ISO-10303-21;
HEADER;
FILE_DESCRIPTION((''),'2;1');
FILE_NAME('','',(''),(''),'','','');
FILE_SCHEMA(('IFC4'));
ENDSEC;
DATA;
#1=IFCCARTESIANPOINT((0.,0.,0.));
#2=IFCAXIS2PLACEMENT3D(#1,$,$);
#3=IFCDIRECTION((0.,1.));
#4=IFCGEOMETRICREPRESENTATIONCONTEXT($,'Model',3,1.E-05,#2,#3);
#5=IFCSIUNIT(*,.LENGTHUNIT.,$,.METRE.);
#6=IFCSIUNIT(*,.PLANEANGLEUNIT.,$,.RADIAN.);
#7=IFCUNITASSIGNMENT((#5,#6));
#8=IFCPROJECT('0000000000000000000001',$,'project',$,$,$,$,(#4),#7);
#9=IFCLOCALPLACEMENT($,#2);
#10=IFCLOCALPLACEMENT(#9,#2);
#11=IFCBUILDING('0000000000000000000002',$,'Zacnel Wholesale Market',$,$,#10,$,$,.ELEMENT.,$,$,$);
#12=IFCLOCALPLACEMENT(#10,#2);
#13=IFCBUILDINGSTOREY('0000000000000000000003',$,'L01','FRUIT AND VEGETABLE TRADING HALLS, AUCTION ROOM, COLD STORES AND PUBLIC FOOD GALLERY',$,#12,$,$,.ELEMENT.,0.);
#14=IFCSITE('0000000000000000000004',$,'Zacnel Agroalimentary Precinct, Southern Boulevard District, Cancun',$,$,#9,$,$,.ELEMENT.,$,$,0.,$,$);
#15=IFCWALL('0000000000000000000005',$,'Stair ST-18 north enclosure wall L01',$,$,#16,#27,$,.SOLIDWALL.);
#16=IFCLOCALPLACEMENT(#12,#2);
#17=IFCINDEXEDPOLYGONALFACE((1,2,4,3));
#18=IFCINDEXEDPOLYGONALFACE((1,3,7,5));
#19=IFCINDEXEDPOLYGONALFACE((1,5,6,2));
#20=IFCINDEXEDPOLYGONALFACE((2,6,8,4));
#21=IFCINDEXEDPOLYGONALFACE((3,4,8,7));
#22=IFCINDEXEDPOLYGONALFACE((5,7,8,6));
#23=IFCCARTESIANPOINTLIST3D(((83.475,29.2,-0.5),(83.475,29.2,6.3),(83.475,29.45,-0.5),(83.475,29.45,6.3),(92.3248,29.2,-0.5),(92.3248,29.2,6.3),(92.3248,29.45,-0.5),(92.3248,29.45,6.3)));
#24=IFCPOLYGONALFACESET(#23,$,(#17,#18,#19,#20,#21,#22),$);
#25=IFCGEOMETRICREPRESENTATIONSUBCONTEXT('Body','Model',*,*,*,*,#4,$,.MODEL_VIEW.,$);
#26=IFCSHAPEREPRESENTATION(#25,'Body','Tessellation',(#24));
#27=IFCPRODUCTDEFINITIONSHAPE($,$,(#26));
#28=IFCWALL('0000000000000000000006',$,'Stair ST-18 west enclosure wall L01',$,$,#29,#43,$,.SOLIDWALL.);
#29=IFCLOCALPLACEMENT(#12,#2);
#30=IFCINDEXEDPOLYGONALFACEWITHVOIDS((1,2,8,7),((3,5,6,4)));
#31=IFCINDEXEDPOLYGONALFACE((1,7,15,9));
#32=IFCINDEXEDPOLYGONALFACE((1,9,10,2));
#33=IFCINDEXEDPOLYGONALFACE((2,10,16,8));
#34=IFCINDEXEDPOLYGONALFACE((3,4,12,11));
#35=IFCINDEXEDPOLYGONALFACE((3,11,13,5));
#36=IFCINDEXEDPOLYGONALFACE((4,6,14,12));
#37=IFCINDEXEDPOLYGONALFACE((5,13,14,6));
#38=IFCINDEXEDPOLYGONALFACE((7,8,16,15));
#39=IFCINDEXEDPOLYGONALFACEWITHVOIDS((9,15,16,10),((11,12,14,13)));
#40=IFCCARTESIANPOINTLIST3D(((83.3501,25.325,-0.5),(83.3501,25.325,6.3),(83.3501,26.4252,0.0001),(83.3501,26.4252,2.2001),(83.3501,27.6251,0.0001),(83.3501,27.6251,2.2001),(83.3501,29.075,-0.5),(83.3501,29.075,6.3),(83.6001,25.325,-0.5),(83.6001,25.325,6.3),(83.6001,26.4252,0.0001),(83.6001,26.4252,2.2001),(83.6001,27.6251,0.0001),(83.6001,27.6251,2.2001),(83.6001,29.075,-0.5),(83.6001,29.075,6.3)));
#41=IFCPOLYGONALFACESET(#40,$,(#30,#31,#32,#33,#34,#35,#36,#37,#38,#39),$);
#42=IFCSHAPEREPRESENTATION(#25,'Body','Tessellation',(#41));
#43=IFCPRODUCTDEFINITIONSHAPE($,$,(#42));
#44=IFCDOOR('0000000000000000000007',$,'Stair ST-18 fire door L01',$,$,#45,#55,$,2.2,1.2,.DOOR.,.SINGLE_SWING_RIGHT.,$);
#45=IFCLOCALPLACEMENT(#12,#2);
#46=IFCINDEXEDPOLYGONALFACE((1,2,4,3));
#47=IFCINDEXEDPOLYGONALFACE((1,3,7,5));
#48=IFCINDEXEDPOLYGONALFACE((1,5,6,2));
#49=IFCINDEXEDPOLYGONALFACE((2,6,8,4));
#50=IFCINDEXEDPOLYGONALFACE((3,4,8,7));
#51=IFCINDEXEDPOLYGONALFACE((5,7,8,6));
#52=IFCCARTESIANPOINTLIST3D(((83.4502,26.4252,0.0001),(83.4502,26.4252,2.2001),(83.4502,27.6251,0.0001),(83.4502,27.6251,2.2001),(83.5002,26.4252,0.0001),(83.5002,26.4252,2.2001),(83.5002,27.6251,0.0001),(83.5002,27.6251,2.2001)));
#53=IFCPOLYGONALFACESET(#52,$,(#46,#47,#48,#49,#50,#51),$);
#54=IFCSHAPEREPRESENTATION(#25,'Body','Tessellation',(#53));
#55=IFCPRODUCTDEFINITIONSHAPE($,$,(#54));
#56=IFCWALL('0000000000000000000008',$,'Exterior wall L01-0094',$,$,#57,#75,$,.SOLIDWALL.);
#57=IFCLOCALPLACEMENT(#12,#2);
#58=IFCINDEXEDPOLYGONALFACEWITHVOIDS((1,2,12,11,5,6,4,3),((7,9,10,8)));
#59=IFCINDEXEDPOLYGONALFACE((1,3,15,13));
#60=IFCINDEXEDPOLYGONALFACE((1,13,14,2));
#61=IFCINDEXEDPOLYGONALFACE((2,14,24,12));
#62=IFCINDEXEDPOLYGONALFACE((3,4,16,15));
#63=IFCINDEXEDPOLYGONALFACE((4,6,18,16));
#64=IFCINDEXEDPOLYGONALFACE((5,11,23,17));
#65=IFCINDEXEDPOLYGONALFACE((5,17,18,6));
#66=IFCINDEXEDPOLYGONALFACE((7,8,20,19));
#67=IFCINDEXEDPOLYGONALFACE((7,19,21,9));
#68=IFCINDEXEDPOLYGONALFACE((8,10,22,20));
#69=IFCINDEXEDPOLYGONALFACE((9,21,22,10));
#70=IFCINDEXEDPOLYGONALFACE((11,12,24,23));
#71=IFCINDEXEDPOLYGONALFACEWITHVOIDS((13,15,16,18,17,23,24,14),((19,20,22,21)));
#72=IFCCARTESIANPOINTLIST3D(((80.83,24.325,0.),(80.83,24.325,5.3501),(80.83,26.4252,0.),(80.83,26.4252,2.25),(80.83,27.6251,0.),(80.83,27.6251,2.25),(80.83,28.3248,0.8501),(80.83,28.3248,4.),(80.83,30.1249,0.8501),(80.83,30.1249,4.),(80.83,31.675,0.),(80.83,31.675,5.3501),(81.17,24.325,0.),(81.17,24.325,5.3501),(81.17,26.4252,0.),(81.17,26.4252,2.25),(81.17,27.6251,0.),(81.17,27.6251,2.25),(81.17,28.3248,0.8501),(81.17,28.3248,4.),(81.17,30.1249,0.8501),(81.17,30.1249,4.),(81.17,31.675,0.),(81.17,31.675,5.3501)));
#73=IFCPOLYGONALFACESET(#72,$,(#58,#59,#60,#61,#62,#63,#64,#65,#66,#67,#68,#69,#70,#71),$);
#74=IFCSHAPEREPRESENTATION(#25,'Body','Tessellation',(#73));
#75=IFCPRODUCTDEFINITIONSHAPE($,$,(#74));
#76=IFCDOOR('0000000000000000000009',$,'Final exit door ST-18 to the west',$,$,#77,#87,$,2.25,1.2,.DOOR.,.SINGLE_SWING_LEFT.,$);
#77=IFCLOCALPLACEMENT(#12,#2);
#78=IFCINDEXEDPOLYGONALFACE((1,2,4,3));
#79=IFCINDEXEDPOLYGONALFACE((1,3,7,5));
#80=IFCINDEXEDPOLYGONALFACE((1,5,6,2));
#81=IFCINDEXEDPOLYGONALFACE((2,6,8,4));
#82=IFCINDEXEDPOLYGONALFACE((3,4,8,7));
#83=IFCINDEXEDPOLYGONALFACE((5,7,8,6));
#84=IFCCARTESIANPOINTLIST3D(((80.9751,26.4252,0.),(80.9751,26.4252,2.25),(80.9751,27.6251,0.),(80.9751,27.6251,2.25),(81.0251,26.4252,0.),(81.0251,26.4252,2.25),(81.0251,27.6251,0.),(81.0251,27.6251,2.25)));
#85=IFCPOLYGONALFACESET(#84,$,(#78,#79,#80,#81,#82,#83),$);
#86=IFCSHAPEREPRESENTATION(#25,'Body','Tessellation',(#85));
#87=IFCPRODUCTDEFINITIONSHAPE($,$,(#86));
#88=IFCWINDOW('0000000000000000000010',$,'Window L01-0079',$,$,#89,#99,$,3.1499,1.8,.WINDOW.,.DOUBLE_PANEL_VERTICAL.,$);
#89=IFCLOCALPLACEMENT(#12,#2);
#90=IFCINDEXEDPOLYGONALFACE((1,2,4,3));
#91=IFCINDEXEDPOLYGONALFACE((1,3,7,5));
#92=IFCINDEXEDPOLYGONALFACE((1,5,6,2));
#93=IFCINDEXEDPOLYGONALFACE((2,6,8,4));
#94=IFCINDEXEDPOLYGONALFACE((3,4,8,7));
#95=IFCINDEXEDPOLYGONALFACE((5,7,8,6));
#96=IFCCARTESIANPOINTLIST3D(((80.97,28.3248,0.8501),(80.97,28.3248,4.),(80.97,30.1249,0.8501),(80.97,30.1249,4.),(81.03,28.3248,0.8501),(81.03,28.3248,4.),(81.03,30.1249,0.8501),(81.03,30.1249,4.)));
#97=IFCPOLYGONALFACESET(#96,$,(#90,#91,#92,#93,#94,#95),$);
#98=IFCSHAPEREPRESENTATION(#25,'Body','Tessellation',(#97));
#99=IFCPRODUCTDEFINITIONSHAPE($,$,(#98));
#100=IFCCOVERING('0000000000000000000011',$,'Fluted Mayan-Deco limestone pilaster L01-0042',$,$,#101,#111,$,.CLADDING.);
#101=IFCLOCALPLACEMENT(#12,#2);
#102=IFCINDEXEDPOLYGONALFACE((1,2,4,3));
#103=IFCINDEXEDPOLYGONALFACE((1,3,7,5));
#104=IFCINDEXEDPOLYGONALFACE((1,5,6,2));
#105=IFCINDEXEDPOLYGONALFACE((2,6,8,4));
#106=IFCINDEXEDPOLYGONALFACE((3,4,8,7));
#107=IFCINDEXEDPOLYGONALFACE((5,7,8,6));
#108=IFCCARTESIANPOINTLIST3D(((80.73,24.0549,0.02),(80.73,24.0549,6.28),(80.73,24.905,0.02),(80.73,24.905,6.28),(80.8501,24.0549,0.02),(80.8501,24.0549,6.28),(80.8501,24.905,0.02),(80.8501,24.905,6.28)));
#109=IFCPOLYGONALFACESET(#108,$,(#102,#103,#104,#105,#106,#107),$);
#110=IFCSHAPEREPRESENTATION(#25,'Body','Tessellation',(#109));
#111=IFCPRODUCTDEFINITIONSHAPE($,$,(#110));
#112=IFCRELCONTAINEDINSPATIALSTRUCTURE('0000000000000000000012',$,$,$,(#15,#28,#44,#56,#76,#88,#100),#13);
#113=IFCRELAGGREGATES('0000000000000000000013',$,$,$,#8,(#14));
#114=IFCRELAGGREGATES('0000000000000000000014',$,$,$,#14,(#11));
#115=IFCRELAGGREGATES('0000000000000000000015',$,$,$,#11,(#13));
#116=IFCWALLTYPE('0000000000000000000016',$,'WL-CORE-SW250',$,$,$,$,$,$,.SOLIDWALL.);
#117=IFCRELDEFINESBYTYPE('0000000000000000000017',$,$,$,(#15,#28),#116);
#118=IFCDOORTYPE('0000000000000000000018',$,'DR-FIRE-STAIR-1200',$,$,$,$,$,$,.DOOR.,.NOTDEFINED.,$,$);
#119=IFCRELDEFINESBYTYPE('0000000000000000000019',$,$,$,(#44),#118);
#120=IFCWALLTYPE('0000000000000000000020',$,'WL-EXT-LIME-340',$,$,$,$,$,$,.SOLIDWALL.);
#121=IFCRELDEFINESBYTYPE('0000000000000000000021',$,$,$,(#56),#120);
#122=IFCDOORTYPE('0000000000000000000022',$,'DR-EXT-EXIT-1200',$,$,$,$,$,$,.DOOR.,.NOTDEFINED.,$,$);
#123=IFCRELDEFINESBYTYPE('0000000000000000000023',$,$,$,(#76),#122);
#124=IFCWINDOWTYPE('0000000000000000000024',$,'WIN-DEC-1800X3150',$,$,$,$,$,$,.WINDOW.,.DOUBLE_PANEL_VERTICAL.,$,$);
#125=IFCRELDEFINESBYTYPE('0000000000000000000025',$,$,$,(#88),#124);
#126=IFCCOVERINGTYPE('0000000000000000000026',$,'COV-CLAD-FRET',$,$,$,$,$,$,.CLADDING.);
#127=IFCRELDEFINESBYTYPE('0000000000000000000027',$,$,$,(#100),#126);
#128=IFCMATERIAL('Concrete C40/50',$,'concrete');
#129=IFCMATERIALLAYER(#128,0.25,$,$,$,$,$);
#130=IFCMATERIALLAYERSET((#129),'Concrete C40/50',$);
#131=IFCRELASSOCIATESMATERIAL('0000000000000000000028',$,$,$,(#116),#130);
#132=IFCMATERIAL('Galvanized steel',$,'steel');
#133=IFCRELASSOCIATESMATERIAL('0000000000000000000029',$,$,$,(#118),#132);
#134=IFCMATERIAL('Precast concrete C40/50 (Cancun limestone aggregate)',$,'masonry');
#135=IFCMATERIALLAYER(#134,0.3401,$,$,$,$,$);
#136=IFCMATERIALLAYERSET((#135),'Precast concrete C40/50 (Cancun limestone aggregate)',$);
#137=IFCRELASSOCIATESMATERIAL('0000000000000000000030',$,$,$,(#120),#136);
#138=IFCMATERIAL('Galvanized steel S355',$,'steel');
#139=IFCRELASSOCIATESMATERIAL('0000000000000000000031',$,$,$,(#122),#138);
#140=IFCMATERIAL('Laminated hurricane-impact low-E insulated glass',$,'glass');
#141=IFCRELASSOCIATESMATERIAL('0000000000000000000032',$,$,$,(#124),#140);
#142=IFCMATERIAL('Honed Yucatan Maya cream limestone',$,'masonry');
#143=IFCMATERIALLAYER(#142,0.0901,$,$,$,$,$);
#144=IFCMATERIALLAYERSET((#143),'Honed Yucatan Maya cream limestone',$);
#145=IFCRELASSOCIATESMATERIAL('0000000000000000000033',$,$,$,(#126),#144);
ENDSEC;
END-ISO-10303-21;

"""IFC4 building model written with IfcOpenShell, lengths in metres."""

from ifc_helpers import new_model, si_unit, direction, frame, frame_2d, origin, origin_2d, place, context, subcontext, project, spatial, rectangle, extrude, material, layer, layer_set, type_object, element, fill, save


model = new_model("IFC4")

# Units and contexts
model_context = context("Model", 3, precision=1e-05, world=origin(), true_north=direction((0.0, 1.0)))
body_context = subcontext(model_context, "Body", "Model", "MODEL_VIEW")
ifc_project = project(units=[si_unit("LENGTHUNIT", "METRE"), si_unit("PLANEANGLEUNIT", "RADIAN")], contexts=[model_context])

# Site, building, storey
site_placement = place(None, origin())
site = spatial("IfcSite", under=ifc_project, at=site_placement, Name="Zacnel Agroalimentary Precinct, Southern Boulevard District, Cancun", CompositionType="ELEMENT", RefElevation=0.0)
building_placement = place(site_placement, origin())
building = spatial("IfcBuilding", under=site, at=building_placement, Name="Zacnel Wholesale Market", CompositionType="ELEMENT")
storey_placement = place(building_placement, origin())
storey = spatial("IfcBuildingStorey", under=building, at=storey_placement, Name="L01", Description="FRUIT AND VEGETABLE TRADING HALLS, AUCTION ROOM, COLD STORES AND PUBLIC FOOD GALLERY", CompositionType="ELEMENT", Elevation=0.0)

# Wall
ifc_material_1 = material(Name="Concrete C40/50", Category="concrete")
ifc_layer_1 = layer(ifc_material_1, 0.25)
ifc_layer_set_1 = layer_set([ifc_layer_1], Name="Concrete C40/50")
wall_type_1 = type_object("IfcWallType", Name="WL-CORE-SW250", PredefinedType="SOLIDWALL", material=ifc_layer_set_1)
for number, where, z_axis, x_axis, name in (
    (1, (83.4751, 29.325, -0.5), (0.0, 0.0, 1.0), (1.0, 0.0, 0.0), "Stair ST-18 north enclosure wall L01"),
):
    element("IfcWall", number, at=place(storey_placement, frame(where, z_axis=z_axis, x_axis=x_axis)), inside=storey, type_object=wall_type_1, Name=name, PredefinedType="SOLIDWALL", context=body_context, shape_type="SweptSolid", body=[
        extrude(rectangle(XDim=8.8499, YDim=0.25, at=frame_2d((4.4248, 0.0))), origin(), (0.0, 0.0, 1.0), 6.8),
    ])

# Wall, opening, door
wall_1_placement = place(storey_placement, frame((83.4751, 25.325, -0.5), z_axis=(0.0, 0.0, 1.0), x_axis=(0.0, 1.0, 0.0)))
wall_1 = element("IfcWall", 2, at=wall_1_placement, inside=storey, type_object=wall_type_1, Name="Stair ST-18 west enclosure wall L01", PredefinedType="SOLIDWALL", context=body_context, shape_type="SweptSolid", body=[
    extrude(rectangle(XDim=3.75, YDim=0.25, at=frame_2d((1.875, 0.0))), origin(), (0.0, 0.0, 1.0), 6.8),
])
opening_1_placement = place(wall_1_placement, frame((1.1001, 0.0, 0.5)))
opening_1 = element("IfcOpeningElement", 3, at=opening_1_placement, cuts=wall_1, PredefinedType="OPENING", context=body_context, shape_type="SweptSolid", body=[
    extrude(rectangle(XDim=1.2, YDim=2.2, at=frame_2d((0.6001, 1.1001))), frame((0.0, 0.135, 0.0), z_axis=(0.0, -1.0, 0.0), x_axis=(1.0, 0.0, 0.0)), (0.0, 0.0, 1.0), 0.27),
])
ifc_material_2 = material(Name="Galvanized steel", Category="steel")
door_type_1 = type_object("IfcDoorType", Name="DR-FIRE-STAIR-1200", OperationType="NOTDEFINED", PredefinedType="DOOR", material=ifc_material_2)
door_1_placement = place(opening_1_placement, origin())
door_1 = element("IfcDoor", 4, at=door_1_placement, inside=storey, type_object=door_type_1, Name="Stair ST-18 fire door L01", OperationType="SINGLE_SWING_RIGHT", OverallHeight=2.2, OverallWidth=1.2, PredefinedType="DOOR", context=body_context, shape_type="SweptSolid", body=[
    extrude(rectangle(XDim=1.2, YDim=2.2, at=frame_2d((0.6001, 1.1001))), frame((0.0, 0.0249, 0.0), z_axis=(0.0, -1.0, 0.0), x_axis=(1.0, 0.0, 0.0)), (0.0, 0.0, 1.0), 0.05),
])
fill(opening_1, door_1)

# Wall, openings, door, window
ifc_material_3 = material(Name="Precast concrete C40/50 (Cancun limestone aggregate)", Category="masonry")
ifc_layer_2 = layer(ifc_material_3, 0.3401)
ifc_layer_set_2 = layer_set([ifc_layer_2], Name="Precast concrete C40/50 (Cancun limestone aggregate)")
wall_type_2 = type_object("IfcWallType", Name="WL-EXT-LIME-340", PredefinedType="SOLIDWALL", material=ifc_layer_set_2)
wall_2_placement = place(storey_placement, frame((81.0, 24.325, 0.0), z_axis=(0.0, 0.0, 1.0), x_axis=(0.0, 1.0, 0.0)))
wall_2 = element("IfcWall", 5, at=wall_2_placement, inside=storey, type_object=wall_type_2, Name="Exterior wall L01-0094", PredefinedType="SOLIDWALL", context=body_context, shape_type="SweptSolid", body=[
    extrude(rectangle(XDim=7.3501, YDim=0.3401, at=frame_2d((3.675, 0.0))), origin(), (0.0, 0.0, 1.0), 5.3501),
])
opening_2_placement = place(wall_2_placement, frame((4.0, 0.0, 0.8501)))
opening_2 = element("IfcOpeningElement", 6, at=opening_2_placement, cuts=wall_2, PredefinedType="OPENING", context=body_context, shape_type="SweptSolid", body=[
    extrude(rectangle(XDim=1.8, YDim=3.1499, at=frame_2d((0.8999, 1.575))), frame((0.0, 0.1799, 0.0), z_axis=(0.0, -1.0, 0.0), x_axis=(1.0, 0.0, 0.0)), (0.0, 0.0, 1.0), 0.3601),
])
opening_3_placement = place(wall_2_placement, frame((2.1001, 0.0, 0.0)))
opening_3 = element("IfcOpeningElement", 7, at=opening_3_placement, cuts=wall_2, PredefinedType="OPENING", context=body_context, shape_type="SweptSolid", body=[
    extrude(rectangle(XDim=1.2, YDim=2.25, at=frame_2d((0.6001, 1.125))), frame((0.0, 0.1799, 0.0), z_axis=(0.0, -1.0, 0.0), x_axis=(1.0, 0.0, 0.0)), (0.0, 0.0, 1.0), 0.3601),
])
ifc_material_4 = material(Name="Galvanized steel S355", Category="steel")
door_type_2 = type_object("IfcDoorType", Name="DR-EXT-EXIT-1200", OperationType="NOTDEFINED", PredefinedType="DOOR", material=ifc_material_4)
door_2_placement = place(opening_3_placement, origin())
door_2 = element("IfcDoor", 8, at=door_2_placement, inside=storey, type_object=door_type_2, Name="Final exit door ST-18 to the west", OperationType="SINGLE_SWING_LEFT", OverallHeight=2.25, OverallWidth=1.2, PredefinedType="DOOR", context=body_context, shape_type="SweptSolid", body=[
    extrude(rectangle(XDim=1.2, YDim=2.25, at=frame_2d((0.6001, 1.125))), frame((0.0, 0.0249, 0.0), z_axis=(0.0, -1.0, 0.0), x_axis=(1.0, 0.0, 0.0)), (0.0, 0.0, 1.0), 0.05),
])
fill(opening_3, door_2)
ifc_material_5 = material(Name="Laminated hurricane-impact low-E insulated glass", Category="glass")
window_type = type_object("IfcWindowType", Name="WIN-DEC-1800X3150", PartitioningType="DOUBLE_PANEL_VERTICAL", PredefinedType="WINDOW", material=ifc_material_5)
window_placement = place(opening_2_placement, origin())
window = element("IfcWindow", 9, at=window_placement, inside=storey, type_object=window_type, Name="Window L01-0079", OverallHeight=3.1499, OverallWidth=1.8, PartitioningType="DOUBLE_PANEL_VERTICAL", PredefinedType="WINDOW", context=body_context, shape_type="SweptSolid", body=[
    extrude(rectangle(XDim=1.8, YDim=3.1499, at=frame_2d((0.8999, 1.575))), frame((0.0, 0.03, 0.0), z_axis=(0.0, -1.0, 0.0), x_axis=(1.0, 0.0, 0.0)), (0.0, 0.0, 1.0), 0.0601),
])
fill(opening_2, window)

# Covering
ifc_material_6 = material(Name="Honed Yucatan Maya cream limestone", Category="masonry")
ifc_layer_3 = layer(ifc_material_6, 0.0901)
ifc_layer_set_3 = layer_set([ifc_layer_3], Name="Honed Yucatan Maya cream limestone")
covering_type = type_object("IfcCoveringType", Name="COV-CLAD-FRET", PredefinedType="CLADDING", material=ifc_layer_set_3)
covering_placement = place(storey_placement, frame((80.79, 24.48, 0.02), z_axis=(0.0, 0.0, 1.0), x_axis=(0.0, 1.0, 0.0)))
element("IfcCovering", 10, at=covering_placement, inside=storey, type_object=covering_type, Name="Fluted Mayan-Deco limestone pilaster L01-0042", PredefinedType="CLADDING", context=body_context, shape_type="SweptSolid", body=[
    extrude(rectangle(XDim=0.8501, YDim=0.1201, at=origin_2d()), origin(), (0.0, 0.0, 1.0), 6.26),
])

save(model, "model.ifc")
